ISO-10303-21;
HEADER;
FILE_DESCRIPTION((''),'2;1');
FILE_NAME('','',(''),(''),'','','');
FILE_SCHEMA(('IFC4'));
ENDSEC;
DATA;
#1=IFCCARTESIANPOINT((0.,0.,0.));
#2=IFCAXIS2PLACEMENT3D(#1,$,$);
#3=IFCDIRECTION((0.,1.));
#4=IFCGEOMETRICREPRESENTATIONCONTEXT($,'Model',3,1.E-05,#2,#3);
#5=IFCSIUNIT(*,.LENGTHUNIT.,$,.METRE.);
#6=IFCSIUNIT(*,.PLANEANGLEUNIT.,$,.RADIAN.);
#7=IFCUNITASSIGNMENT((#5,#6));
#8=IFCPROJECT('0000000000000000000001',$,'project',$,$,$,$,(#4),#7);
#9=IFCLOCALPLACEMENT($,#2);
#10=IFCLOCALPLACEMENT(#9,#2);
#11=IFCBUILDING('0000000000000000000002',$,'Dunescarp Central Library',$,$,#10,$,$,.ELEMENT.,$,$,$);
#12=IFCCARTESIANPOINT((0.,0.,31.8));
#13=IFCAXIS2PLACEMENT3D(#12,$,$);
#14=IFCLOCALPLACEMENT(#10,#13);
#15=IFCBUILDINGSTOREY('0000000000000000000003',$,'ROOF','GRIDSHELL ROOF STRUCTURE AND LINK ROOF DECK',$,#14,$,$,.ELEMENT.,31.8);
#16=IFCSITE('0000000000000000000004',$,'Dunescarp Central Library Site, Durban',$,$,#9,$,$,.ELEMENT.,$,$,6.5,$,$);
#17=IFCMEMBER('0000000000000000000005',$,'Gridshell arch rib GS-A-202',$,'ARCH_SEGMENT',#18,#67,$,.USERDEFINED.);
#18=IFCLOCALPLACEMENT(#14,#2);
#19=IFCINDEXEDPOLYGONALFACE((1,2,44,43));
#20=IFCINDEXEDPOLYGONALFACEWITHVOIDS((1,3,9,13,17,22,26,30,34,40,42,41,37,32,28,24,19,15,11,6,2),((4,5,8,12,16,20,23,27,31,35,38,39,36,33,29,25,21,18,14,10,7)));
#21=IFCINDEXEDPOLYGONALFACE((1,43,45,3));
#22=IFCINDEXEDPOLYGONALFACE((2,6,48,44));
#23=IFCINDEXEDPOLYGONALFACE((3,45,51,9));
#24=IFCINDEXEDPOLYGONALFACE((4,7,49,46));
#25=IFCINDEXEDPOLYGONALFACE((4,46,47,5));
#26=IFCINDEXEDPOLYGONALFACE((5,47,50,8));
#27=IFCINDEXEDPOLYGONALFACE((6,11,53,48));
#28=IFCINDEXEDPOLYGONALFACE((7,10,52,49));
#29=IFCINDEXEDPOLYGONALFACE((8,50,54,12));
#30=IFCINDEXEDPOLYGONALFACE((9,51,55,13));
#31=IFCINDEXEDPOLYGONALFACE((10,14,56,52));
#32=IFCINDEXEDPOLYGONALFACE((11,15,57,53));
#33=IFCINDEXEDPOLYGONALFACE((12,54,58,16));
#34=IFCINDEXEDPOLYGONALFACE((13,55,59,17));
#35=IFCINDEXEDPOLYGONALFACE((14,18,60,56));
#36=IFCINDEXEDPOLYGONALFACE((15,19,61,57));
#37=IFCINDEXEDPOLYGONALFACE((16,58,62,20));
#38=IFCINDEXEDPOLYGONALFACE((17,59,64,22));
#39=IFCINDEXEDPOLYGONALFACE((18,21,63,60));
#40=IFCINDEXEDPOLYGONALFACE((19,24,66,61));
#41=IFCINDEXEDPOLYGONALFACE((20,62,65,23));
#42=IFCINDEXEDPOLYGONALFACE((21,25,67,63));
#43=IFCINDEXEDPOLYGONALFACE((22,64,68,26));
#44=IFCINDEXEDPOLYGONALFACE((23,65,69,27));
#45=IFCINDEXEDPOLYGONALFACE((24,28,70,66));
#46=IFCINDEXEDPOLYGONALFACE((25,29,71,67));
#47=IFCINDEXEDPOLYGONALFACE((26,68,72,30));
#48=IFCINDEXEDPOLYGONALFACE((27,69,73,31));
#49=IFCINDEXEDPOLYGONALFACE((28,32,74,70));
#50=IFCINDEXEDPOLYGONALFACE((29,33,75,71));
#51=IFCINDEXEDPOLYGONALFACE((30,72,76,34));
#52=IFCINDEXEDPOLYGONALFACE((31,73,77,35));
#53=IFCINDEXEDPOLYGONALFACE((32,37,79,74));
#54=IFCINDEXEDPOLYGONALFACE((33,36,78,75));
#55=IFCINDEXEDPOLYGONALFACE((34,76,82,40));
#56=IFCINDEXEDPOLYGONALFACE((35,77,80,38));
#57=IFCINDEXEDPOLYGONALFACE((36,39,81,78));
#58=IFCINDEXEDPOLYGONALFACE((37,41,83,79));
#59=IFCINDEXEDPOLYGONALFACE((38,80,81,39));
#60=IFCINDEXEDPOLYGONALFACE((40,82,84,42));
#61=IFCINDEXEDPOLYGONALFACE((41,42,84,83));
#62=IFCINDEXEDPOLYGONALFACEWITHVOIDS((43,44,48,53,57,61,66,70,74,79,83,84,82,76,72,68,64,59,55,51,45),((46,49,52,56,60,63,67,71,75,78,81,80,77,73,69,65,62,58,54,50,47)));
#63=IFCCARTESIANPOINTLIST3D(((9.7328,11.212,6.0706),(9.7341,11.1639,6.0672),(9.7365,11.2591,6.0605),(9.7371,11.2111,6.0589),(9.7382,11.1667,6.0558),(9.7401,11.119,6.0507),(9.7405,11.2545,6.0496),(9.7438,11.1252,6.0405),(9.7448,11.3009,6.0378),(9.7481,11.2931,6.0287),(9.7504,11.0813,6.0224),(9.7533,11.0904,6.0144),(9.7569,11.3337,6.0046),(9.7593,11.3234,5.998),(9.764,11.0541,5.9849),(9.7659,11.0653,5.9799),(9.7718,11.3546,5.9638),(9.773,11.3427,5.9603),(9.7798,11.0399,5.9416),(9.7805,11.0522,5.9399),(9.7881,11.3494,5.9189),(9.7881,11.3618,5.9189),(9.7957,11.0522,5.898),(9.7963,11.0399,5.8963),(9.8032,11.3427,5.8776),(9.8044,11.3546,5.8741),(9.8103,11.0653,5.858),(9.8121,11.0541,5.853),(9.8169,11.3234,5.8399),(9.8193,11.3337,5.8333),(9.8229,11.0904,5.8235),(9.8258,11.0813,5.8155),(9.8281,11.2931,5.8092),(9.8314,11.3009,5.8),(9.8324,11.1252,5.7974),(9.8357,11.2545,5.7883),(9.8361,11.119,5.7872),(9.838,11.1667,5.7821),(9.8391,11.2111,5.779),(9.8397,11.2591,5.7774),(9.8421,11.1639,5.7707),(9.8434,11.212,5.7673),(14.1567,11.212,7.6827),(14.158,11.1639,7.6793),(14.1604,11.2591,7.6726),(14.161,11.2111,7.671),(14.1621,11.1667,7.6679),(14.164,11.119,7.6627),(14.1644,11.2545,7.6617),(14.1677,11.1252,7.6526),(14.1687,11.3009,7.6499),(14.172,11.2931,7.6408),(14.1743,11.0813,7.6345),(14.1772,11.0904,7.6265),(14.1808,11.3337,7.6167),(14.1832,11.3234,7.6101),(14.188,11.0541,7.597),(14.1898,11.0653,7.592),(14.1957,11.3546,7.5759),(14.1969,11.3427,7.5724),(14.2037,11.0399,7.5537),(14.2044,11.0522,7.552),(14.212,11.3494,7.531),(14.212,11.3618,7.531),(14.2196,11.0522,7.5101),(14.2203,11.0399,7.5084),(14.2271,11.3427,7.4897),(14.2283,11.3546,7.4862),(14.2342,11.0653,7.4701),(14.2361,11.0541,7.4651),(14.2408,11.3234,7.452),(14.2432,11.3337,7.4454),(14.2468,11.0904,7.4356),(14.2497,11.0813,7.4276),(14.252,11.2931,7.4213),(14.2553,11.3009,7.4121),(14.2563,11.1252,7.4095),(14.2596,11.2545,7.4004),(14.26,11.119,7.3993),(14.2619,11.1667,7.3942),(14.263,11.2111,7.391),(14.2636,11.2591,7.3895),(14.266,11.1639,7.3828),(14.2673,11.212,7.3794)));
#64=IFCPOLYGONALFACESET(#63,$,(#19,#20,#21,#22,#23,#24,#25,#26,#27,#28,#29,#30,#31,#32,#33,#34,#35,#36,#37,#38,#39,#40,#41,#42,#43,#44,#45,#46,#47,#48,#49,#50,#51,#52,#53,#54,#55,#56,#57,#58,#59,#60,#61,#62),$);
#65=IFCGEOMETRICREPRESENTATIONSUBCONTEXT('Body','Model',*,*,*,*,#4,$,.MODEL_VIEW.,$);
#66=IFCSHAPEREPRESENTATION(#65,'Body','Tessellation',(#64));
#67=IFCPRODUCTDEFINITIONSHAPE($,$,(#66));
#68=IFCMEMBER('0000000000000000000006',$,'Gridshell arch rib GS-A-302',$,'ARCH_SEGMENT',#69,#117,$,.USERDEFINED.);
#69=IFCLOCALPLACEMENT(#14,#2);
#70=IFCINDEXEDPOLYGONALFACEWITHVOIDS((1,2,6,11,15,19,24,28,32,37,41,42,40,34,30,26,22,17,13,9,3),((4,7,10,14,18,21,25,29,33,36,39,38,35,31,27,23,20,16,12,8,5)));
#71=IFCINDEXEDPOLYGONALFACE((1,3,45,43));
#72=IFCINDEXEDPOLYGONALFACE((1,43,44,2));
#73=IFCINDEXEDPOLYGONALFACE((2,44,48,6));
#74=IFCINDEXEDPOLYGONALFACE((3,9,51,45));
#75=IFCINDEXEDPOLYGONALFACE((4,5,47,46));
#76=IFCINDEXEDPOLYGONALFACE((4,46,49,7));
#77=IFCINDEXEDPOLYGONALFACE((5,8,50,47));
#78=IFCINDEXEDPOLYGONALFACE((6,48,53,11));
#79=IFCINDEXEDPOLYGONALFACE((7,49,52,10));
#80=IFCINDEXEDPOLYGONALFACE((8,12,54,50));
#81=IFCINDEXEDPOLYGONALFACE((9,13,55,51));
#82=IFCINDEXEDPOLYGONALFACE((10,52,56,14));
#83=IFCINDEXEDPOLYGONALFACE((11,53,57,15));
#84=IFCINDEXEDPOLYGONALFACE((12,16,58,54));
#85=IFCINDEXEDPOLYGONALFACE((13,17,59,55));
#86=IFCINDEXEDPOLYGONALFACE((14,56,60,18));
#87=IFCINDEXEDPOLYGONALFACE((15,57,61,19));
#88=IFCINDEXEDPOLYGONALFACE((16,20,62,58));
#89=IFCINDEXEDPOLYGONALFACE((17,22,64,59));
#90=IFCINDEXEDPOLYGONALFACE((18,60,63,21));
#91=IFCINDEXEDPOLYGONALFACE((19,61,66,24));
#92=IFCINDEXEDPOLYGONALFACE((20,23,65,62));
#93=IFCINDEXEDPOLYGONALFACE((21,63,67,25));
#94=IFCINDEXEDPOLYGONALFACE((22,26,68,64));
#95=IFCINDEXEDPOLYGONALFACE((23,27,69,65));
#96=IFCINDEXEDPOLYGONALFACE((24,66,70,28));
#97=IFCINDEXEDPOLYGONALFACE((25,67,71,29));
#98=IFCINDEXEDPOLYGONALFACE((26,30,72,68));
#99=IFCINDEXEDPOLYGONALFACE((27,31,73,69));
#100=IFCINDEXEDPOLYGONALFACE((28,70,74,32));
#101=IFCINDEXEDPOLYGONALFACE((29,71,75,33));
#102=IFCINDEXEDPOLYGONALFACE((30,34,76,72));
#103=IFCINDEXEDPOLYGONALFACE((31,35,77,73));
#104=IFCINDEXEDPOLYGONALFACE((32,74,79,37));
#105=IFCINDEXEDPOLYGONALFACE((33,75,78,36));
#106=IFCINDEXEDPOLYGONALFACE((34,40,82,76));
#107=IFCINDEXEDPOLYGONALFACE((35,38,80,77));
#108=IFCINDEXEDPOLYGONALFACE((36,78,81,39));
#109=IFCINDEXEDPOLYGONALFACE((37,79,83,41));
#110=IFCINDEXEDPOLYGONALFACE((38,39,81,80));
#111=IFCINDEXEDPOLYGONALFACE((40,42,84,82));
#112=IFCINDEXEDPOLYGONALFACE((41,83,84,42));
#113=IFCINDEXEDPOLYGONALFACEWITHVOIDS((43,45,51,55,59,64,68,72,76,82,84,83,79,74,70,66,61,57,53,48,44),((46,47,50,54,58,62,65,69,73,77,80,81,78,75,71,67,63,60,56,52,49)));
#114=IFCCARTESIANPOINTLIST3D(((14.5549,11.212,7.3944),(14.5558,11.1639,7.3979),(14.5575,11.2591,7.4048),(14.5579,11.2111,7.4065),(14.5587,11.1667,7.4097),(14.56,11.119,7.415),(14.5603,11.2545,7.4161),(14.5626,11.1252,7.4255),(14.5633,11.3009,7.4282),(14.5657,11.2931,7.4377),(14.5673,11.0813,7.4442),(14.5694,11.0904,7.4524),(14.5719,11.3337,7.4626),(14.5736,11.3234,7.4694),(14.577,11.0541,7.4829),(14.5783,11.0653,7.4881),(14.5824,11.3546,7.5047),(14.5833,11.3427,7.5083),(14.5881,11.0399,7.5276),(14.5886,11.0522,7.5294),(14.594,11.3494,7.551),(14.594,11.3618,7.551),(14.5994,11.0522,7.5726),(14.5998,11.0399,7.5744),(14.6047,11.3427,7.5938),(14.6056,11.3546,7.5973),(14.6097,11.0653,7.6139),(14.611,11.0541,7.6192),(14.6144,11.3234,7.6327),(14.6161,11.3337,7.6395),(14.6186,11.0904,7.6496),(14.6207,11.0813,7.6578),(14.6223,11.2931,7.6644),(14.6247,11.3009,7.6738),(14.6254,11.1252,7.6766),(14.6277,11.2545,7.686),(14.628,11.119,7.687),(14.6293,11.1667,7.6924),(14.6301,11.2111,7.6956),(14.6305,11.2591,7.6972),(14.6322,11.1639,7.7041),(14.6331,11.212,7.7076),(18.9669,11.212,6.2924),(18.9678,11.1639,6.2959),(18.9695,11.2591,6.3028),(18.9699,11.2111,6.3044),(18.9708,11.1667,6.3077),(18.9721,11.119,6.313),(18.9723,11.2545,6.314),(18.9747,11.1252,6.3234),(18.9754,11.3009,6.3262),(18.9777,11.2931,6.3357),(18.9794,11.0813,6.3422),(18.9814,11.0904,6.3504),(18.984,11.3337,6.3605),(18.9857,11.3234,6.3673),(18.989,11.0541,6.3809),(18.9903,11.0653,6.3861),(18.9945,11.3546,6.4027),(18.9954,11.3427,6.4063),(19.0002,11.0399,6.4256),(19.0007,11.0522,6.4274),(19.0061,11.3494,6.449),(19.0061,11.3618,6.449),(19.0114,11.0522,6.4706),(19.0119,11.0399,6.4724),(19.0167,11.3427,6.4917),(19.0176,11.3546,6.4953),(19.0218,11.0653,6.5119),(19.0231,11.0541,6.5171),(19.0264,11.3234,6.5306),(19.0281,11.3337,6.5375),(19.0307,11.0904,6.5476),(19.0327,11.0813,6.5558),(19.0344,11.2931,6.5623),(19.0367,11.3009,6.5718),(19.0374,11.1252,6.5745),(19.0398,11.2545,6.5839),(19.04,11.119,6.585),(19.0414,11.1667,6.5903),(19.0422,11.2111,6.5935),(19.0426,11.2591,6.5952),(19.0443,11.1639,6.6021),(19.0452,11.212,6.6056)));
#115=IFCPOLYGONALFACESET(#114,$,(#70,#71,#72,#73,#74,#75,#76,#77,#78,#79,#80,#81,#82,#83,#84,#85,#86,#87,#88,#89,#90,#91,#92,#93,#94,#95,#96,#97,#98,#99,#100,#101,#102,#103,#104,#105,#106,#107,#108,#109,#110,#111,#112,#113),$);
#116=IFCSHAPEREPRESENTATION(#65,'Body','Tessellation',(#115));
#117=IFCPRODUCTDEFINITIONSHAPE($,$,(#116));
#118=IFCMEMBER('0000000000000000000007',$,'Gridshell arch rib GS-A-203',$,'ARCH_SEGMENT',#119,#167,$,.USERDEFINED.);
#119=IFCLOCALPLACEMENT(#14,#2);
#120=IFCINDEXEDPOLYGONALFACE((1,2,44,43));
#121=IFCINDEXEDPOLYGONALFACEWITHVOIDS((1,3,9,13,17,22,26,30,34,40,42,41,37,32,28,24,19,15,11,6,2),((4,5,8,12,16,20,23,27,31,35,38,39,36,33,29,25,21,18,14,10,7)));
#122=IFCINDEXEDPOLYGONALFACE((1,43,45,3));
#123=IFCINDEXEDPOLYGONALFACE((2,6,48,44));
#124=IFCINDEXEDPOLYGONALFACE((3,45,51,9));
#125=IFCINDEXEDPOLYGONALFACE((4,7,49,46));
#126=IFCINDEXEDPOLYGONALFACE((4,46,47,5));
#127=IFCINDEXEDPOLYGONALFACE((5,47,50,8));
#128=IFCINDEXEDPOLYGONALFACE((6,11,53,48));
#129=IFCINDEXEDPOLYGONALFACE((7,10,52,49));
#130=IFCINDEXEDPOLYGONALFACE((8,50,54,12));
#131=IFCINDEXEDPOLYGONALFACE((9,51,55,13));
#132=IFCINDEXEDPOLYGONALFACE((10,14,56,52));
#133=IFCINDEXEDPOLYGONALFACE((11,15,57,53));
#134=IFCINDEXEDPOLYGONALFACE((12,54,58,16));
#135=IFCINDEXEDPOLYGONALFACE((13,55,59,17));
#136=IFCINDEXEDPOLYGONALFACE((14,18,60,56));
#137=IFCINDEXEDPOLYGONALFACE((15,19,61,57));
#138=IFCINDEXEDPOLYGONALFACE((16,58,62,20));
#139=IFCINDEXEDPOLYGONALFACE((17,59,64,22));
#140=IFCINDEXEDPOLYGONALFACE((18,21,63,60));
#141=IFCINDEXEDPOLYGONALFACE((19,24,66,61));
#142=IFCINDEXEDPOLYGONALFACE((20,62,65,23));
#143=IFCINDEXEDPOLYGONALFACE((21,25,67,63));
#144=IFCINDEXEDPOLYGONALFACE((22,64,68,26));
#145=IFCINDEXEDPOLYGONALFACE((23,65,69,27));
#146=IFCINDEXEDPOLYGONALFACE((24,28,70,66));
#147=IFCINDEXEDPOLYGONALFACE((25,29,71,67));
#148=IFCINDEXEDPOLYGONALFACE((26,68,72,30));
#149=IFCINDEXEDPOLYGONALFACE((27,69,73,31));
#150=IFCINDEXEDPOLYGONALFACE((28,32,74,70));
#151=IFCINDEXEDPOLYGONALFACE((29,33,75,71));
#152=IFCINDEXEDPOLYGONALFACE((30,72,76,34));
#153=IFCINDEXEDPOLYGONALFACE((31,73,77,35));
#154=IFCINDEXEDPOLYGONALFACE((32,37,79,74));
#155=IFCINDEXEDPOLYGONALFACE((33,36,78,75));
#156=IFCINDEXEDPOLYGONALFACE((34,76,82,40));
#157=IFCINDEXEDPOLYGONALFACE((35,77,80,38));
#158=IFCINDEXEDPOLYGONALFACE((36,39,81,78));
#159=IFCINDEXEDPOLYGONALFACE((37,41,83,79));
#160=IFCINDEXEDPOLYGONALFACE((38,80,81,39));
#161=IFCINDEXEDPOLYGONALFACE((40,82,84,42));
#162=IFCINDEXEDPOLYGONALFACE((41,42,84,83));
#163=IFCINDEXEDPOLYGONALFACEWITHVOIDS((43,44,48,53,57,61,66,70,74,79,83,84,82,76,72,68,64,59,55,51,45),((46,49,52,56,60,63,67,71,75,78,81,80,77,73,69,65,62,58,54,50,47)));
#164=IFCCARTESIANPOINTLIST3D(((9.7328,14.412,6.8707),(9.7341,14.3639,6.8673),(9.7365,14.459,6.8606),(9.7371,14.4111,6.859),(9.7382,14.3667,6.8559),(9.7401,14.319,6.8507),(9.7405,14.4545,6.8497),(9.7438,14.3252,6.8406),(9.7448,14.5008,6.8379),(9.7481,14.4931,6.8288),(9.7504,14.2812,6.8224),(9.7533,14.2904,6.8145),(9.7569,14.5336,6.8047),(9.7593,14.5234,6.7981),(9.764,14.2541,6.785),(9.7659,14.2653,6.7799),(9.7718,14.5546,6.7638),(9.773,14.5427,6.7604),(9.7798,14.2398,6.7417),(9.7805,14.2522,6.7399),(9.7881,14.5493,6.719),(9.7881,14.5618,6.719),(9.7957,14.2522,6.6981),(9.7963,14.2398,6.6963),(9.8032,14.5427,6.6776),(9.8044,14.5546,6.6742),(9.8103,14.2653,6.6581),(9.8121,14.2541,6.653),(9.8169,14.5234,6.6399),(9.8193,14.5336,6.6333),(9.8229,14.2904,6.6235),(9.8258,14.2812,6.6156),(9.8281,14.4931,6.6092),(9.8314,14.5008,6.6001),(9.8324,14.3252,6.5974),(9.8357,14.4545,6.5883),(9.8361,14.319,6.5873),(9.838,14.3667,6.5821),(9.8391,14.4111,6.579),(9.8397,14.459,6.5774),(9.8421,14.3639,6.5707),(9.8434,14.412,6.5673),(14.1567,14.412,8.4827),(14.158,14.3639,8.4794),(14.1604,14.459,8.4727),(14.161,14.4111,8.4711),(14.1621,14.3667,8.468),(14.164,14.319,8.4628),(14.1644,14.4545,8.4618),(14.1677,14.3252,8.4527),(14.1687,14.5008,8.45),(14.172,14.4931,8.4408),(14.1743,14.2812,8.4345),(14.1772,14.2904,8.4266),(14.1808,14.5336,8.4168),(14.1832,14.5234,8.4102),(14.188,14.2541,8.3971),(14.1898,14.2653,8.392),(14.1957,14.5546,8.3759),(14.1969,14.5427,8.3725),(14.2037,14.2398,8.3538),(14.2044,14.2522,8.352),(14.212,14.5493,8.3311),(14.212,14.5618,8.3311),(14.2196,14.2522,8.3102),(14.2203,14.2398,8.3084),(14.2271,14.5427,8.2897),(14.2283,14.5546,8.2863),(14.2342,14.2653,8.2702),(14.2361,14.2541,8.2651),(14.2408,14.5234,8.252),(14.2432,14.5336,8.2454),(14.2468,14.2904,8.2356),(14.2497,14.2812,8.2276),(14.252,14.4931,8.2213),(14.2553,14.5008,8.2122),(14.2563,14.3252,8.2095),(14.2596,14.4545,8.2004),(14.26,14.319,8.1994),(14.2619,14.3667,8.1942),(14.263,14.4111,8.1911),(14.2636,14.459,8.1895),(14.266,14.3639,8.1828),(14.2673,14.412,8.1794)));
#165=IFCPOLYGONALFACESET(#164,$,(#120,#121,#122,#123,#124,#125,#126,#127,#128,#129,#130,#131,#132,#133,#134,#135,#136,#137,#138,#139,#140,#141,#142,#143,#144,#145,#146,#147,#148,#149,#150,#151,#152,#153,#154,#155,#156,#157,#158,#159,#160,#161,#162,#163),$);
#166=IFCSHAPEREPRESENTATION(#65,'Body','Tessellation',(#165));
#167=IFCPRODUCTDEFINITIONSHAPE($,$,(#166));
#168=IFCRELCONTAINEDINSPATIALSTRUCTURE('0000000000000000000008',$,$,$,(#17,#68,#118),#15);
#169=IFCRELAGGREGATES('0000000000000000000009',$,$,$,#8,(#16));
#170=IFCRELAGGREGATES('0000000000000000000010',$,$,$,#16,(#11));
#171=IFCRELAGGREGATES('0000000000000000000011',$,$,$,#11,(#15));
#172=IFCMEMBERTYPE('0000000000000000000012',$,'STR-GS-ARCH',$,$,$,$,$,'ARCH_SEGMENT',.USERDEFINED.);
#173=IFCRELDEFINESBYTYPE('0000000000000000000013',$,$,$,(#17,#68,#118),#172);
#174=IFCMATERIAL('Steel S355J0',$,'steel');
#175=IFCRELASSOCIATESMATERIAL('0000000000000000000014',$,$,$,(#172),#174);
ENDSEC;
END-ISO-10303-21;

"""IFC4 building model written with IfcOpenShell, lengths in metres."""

from ifc_helpers import new_model, si_unit, direction, frame, origin, origin_2d, place, context, subcontext, project, spatial, hollow_circle, extrude, material, material_profile, profile_set, type_object, element, save


model = new_model("IFC4")

# Units and contexts
model_context = context("Model", 3, precision=1e-05, world=origin(), true_north=direction((0.0, 1.0)))
body_context = subcontext(model_context, "Body", "Model", "MODEL_VIEW")
ifc_project = project(units=[si_unit("LENGTHUNIT", "METRE"), si_unit("PLANEANGLEUNIT", "RADIAN")], contexts=[model_context])

# Site, building, storey
site_placement = place(None, origin())
site = spatial("IfcSite", under=ifc_project, at=site_placement, Name="Dunescarp Central Library Site, Durban", CompositionType="ELEMENT", RefElevation=6.5)
building_placement = place(site_placement, origin())
building = spatial("IfcBuilding", under=site, at=building_placement, Name="Dunescarp Central Library", CompositionType="ELEMENT")
storey_placement = place(building_placement, frame((0.0, 0.0, 31.8)))
storey = spatial("IfcBuildingStorey", under=building, at=storey_placement, Name="ROOF", Description="GRIDSHELL ROOF STRUCTURE AND LINK ROOF DECK", CompositionType="ELEMENT", Elevation=31.8)

# Members
ifc_material_1 = material(Name="Steel S355J0", Category="steel")
ifc_material_profile_1 = material_profile(ifc_material_1, hollow_circle(Radius=0.1619, WallThickness=0.0125, at=origin_2d()), Name="CHS 323.9x12.5")
ifc_profile_set_1 = profile_set([ifc_material_profile_1], Name="Steel S355J0")
member_type_1 = type_object("IfcMemberType", Name="STR-GS-ARCH", ElementType="ARCH_SEGMENT", PredefinedType="USERDEFINED", material=ifc_profile_set_1)
member_1_placement = place(storey_placement, frame((9.7881, 11.2, 5.9189), z_axis=(0.939562, 0.0, 0.34238), x_axis=(0.0, 1.0, 0.0)))
element("IfcMember", 1, at=member_1_placement, inside=storey, type_object=member_type_1, Name="Gridshell arch rib GS-A-202", ObjectType="ARCH_SEGMENT", PredefinedType="USERDEFINED", context=body_context, shape_type="SweptSolid", body=[
    extrude(hollow_circle(Radius=0.1619, WallThickness=0.0125, at=origin_2d()), origin(), (0.0, 0.0, 1.0), 4.7085),
])
member_2_placement = place(storey_placement, frame((14.594, 11.2, 7.551), z_axis=(0.970193, 0.0, -0.242334), x_axis=(0.0, 1.0, 0.0)))
element("IfcMember", 2, at=member_2_placement, inside=storey, type_object=member_type_1, Name="Gridshell arch rib GS-A-302", ObjectType="ARCH_SEGMENT", PredefinedType="USERDEFINED", context=body_context, shape_type="SweptSolid", body=[
    extrude(hollow_circle(Radius=0.1619, WallThickness=0.0125, at=origin_2d()), origin(), (0.0, 0.0, 1.0), 4.5476),
])
member_3_placement = place(storey_placement, frame((9.7881, 14.3999, 6.719), z_axis=(0.939562, 0.0, 0.34238), x_axis=(0.0, 1.0, 0.0)))
element("IfcMember", 3, at=member_3_placement, inside=storey, type_object=member_type_1, Name="Gridshell arch rib GS-A-203", ObjectType="ARCH_SEGMENT", PredefinedType="USERDEFINED", context=body_context, shape_type="SweptSolid", body=[
    extrude(hollow_circle(Radius=0.1619, WallThickness=0.0125, at=origin_2d()), origin(), (0.0, 0.0, 1.0), 4.7085),
])

save(model, "model.ifc")
